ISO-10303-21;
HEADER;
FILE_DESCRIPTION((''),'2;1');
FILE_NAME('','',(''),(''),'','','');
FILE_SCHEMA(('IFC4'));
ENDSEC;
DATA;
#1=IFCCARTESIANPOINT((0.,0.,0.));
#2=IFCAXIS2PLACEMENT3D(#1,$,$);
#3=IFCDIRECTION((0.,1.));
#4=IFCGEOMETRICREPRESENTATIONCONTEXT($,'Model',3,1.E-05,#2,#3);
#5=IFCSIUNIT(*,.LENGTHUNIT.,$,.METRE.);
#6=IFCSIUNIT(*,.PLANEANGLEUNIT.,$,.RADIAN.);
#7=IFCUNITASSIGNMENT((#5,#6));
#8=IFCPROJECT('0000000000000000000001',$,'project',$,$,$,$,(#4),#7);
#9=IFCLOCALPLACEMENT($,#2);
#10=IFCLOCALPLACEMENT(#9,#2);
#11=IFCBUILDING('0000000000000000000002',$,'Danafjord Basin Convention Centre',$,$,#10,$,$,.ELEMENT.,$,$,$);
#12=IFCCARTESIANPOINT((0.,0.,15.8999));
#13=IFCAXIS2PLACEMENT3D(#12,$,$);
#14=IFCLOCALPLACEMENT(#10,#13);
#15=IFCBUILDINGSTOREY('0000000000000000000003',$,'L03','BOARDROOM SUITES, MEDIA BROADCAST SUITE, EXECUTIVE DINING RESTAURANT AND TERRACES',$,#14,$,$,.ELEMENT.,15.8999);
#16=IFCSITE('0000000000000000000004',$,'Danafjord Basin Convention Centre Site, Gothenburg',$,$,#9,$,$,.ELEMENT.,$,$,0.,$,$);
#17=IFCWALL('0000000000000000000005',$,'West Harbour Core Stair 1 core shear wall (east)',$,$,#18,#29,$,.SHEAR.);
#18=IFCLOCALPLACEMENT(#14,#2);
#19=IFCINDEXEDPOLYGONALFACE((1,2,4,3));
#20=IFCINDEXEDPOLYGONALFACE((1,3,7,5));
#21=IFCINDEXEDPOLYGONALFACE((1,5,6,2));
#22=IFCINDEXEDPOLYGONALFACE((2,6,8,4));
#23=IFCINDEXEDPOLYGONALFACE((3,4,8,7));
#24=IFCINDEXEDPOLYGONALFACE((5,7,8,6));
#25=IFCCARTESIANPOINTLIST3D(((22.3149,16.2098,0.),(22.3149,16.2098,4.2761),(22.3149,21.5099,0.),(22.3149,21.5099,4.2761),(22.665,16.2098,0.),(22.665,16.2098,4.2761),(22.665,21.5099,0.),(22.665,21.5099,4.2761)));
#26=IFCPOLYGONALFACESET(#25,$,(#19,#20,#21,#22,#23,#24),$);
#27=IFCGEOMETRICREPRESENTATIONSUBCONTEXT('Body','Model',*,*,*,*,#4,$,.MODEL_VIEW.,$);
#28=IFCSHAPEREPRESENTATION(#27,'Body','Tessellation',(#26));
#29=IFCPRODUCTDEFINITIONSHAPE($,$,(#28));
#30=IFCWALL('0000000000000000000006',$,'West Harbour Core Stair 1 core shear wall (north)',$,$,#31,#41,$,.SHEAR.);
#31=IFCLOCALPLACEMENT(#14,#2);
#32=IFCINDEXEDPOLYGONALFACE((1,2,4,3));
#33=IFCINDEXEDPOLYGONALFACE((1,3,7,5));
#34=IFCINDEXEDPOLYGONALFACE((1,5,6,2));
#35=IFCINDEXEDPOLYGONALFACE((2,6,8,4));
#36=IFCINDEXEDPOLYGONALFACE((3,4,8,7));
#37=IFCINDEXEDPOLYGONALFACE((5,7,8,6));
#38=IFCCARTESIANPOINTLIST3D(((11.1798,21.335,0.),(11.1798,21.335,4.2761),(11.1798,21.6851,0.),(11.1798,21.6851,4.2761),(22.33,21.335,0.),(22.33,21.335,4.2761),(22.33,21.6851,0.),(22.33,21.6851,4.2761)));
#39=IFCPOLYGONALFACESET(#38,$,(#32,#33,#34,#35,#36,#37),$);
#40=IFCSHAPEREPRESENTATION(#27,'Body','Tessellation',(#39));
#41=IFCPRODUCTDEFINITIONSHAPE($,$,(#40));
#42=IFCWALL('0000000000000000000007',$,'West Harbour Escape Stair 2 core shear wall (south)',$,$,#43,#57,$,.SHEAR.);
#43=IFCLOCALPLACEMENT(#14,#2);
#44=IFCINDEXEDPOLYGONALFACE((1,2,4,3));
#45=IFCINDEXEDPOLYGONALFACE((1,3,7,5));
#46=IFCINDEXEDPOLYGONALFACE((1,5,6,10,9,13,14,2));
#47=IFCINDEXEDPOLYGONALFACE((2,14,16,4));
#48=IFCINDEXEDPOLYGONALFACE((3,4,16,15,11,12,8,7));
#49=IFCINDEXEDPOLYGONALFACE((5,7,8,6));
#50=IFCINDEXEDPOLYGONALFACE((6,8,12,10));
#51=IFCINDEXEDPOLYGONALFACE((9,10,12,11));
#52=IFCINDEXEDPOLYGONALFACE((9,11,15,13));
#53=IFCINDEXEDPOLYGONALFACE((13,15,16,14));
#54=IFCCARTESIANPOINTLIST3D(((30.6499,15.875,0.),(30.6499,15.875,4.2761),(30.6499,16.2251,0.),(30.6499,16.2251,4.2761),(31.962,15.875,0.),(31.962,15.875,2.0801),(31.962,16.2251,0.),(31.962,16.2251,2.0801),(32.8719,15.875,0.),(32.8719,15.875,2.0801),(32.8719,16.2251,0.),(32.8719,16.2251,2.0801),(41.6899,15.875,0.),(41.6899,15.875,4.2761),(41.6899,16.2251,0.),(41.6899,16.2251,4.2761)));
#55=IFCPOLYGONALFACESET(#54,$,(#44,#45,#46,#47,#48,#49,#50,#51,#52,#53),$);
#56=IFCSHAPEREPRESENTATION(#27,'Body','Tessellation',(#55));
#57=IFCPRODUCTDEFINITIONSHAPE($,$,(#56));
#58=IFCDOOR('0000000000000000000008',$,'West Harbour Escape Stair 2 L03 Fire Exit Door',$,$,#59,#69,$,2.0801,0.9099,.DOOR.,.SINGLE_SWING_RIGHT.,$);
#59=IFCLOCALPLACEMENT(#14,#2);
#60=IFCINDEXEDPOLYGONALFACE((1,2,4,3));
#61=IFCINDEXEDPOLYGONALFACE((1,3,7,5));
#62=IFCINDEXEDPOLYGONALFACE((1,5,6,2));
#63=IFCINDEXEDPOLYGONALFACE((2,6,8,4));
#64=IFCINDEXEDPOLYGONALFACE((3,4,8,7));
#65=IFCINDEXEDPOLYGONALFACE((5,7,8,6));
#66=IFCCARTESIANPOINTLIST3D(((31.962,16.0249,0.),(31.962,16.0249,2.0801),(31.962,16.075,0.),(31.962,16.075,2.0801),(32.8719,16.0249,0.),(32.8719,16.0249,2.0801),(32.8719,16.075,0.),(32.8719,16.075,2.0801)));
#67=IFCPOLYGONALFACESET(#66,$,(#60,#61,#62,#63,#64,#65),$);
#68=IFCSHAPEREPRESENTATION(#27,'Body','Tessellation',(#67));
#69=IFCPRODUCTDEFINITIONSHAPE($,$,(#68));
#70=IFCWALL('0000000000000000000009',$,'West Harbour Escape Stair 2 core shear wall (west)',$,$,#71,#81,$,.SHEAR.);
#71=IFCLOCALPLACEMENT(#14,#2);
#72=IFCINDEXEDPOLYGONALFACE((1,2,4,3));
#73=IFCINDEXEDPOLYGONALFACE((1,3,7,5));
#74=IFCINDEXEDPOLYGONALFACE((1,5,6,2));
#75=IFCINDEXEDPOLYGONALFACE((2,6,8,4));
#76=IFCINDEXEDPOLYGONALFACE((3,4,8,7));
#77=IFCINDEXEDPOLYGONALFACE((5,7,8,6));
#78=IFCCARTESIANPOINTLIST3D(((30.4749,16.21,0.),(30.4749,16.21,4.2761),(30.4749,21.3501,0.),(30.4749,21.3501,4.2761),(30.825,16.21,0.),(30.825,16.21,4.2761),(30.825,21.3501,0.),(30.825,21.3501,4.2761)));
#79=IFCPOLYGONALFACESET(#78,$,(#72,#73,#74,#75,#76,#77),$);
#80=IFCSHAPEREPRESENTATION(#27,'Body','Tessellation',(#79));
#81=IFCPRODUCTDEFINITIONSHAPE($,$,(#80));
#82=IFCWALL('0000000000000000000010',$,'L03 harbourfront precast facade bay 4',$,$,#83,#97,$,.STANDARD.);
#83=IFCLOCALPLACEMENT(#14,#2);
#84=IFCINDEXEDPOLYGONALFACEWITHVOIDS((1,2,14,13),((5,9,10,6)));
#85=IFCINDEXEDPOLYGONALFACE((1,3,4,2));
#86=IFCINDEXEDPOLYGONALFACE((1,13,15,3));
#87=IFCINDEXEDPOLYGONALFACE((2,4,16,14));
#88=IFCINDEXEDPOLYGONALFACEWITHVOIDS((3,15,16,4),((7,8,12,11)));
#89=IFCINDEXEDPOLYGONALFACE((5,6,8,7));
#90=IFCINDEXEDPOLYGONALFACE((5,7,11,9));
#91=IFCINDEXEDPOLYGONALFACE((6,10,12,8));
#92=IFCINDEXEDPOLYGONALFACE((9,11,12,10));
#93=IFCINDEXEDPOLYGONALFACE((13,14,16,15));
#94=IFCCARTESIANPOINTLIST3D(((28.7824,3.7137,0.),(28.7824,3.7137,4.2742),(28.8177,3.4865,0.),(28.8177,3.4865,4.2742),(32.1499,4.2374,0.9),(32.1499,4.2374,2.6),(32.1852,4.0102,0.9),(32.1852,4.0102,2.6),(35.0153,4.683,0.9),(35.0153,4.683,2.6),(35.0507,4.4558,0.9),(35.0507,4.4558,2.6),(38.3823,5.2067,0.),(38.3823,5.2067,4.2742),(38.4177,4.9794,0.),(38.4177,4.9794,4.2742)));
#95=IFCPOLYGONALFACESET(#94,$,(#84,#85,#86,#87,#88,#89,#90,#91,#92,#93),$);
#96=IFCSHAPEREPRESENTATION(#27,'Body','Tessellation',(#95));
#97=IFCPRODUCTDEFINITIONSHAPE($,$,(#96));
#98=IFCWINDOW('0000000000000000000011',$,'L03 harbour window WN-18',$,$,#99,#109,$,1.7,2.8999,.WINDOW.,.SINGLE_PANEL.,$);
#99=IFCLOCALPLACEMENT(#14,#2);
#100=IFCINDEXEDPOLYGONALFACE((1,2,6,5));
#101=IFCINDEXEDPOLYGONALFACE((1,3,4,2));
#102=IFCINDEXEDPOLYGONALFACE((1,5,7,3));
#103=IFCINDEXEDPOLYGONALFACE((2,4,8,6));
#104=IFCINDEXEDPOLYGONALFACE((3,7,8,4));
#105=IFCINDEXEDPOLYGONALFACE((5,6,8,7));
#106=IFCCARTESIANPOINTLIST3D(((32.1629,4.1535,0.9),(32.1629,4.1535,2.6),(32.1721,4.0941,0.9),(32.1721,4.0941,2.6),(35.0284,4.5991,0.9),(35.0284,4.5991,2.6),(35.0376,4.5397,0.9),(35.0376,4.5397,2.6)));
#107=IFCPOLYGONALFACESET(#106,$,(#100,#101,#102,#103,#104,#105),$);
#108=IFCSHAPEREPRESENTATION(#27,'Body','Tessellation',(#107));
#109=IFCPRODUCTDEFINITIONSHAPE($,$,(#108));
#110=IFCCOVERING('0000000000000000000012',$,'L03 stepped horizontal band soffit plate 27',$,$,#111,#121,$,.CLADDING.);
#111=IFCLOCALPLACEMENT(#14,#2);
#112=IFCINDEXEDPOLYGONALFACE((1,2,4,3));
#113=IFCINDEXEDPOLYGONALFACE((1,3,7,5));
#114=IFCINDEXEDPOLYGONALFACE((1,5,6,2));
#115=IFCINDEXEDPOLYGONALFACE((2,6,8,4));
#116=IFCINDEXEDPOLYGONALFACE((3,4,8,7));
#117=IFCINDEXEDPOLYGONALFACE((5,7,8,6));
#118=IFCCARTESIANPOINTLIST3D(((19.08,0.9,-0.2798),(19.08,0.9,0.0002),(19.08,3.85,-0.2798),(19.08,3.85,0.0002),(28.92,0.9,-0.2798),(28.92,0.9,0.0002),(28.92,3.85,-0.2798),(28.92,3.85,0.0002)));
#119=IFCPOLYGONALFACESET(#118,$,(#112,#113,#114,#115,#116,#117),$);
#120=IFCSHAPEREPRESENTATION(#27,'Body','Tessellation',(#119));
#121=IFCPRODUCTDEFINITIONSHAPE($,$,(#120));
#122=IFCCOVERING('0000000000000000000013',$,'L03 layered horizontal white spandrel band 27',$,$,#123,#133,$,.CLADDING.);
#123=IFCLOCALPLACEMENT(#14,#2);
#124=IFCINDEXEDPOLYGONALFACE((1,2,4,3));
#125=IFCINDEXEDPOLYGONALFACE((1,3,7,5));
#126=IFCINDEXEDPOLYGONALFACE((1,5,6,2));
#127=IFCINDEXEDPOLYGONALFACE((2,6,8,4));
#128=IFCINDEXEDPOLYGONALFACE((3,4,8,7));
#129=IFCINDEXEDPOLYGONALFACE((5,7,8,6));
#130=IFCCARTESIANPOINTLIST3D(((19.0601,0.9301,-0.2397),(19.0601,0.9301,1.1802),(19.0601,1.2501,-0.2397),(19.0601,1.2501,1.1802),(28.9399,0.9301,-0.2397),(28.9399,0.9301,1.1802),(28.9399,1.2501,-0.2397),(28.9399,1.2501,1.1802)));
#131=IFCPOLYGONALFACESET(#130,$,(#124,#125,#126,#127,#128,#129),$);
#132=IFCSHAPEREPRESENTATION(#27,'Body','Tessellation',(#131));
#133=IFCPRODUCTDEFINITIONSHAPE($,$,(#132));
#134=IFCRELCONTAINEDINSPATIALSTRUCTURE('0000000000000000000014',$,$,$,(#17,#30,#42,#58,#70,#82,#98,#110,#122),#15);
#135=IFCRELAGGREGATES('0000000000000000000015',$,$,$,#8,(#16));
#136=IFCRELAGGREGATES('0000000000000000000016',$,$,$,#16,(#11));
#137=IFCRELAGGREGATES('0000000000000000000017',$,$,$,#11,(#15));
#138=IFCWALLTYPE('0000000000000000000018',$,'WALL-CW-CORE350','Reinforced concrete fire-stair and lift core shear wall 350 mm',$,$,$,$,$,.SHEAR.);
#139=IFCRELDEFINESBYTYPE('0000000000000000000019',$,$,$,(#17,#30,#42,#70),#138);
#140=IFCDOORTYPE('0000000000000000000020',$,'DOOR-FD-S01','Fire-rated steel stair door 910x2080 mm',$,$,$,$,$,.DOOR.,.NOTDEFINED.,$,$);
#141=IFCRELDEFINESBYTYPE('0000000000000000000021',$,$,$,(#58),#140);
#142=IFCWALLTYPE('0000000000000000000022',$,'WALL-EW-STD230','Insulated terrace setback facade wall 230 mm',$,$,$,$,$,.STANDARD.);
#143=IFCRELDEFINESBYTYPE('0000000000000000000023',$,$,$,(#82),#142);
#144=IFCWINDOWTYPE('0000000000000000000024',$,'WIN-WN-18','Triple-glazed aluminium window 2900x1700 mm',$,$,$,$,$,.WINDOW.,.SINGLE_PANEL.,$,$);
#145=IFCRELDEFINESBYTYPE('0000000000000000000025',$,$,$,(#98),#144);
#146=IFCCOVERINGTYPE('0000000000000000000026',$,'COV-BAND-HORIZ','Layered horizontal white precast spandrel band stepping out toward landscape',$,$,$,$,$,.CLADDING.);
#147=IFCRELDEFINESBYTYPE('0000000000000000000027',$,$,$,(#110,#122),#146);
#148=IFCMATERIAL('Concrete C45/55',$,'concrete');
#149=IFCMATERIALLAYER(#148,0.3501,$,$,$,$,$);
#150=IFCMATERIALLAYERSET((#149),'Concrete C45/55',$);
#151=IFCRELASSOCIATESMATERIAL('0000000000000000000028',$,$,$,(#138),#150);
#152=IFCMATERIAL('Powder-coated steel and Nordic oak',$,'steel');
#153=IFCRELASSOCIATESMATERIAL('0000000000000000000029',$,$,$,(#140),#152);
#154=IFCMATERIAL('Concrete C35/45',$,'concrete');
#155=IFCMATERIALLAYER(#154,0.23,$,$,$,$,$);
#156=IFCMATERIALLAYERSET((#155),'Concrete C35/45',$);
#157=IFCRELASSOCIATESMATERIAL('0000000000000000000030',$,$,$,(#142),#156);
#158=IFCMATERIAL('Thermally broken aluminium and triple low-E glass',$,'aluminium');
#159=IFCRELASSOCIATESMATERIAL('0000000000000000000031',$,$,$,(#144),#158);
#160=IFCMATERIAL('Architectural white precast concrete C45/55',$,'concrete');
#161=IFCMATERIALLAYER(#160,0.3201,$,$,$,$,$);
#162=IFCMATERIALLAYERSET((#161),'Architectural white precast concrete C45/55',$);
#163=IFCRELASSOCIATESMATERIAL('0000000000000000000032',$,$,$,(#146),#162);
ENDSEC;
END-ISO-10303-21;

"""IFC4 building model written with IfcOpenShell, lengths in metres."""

from ifc_helpers import new_model, si_unit, direction, frame, frame_2d, origin, origin_2d, place, context, subcontext, project, spatial, rectangle, extrude, material, layer, layer_set, type_object, element, fill, save


model = new_model("IFC4")

# Units and contexts
model_context = context("Model", 3, precision=1e-05, world=origin(), true_north=direction((0.0, 1.0)))
body_context = subcontext(model_context, "Body", "Model", "MODEL_VIEW")
ifc_project = project(units=[si_unit("LENGTHUNIT", "METRE"), si_unit("PLANEANGLEUNIT", "RADIAN")], contexts=[model_context])

# Site, building, storey
site_placement = place(None, origin())
site = spatial("IfcSite", under=ifc_project, at=site_placement, Name="Danafjord Basin Convention Centre Site, Gothenburg", CompositionType="ELEMENT", RefElevation=0.0)
building_placement = place(site_placement, origin())
building = spatial("IfcBuilding", under=site, at=building_placement, Name="Danafjord Basin Convention Centre", CompositionType="ELEMENT")
storey_placement = place(building_placement, frame((0.0, 0.0, 15.8999)))
storey = spatial("IfcBuildingStorey", under=building, at=storey_placement, Name="L03", Description="BOARDROOM SUITES, MEDIA BROADCAST SUITE, EXECUTIVE DINING RESTAURANT AND TERRACES", CompositionType="ELEMENT", Elevation=15.8999)

# Walls
ifc_material_1 = material(Name="Concrete C45/55", Category="concrete")
ifc_layer_1 = layer(ifc_material_1, 0.3501)
ifc_layer_set_1 = layer_set([ifc_layer_1], Name="Concrete C45/55")
wall_type_1 = type_object("IfcWallType", Name="WALL-CW-CORE350", Description="Reinforced concrete fire-stair and lift core shear wall 350 mm", PredefinedType="SHEAR", material=ifc_layer_set_1)
wall_1_placement = place(storey_placement, frame((22.49, 16.21, 0.0), z_axis=(0.0, 0.0, 1.0), x_axis=(0.0, 1.0, 0.0)))
element("IfcWall", 1, at=wall_1_placement, inside=storey, type_object=wall_type_1, Name="West Harbour Core Stair 1 core shear wall (east)", PredefinedType="SHEAR", context=body_context, shape_type="SweptSolid", body=[
    extrude(rectangle(XDim=5.3, YDim=0.3501, at=frame_2d((2.6499, 0.0))), origin(), (0.0, 0.0, 1.0), 4.2761),
])
wall_2_placement = place(storey_placement, frame((22.3301, 21.51, 0.0), z_axis=(0.0, 0.0, 1.0), x_axis=(-1.0, 0.0, 0.0)))
element("IfcWall", 2, at=wall_2_placement, inside=storey, type_object=wall_type_1, Name="West Harbour Core Stair 1 core shear wall (north)", PredefinedType="SHEAR", context=body_context, shape_type="SweptSolid", body=[
    extrude(rectangle(XDim=11.1501, YDim=0.3501, at=frame_2d((5.5752, 0.0))), origin(), (0.0, 0.0, 1.0), 4.2761),
])

# Wall, opening, door
wall_3_placement = place(storey_placement, frame((30.6499, 16.05, 0.0), z_axis=(0.0, 0.0, 1.0), x_axis=(1.0, 0.0, 0.0)))
wall_3 = element("IfcWall", 3, at=wall_3_placement, inside=storey, type_object=wall_type_1, Name="West Harbour Escape Stair 2 core shear wall (south)", PredefinedType="SHEAR", context=body_context, shape_type="SweptSolid", body=[
    extrude(rectangle(XDim=11.04, YDim=0.3501, at=frame_2d((5.52, 0.0))), origin(), (0.0, 0.0, 1.0), 4.2761),
])
opening_1_placement = place(wall_3_placement, frame((1.312, 0.0, 0.0)))
opening_1 = element("IfcOpeningElement", 4, at=opening_1_placement, cuts=wall_3, PredefinedType="OPENING", context=body_context, shape_type="SweptSolid", body=[
    extrude(rectangle(XDim=0.9099, YDim=2.0801, at=frame_2d((0.4551, 1.04))), frame((0.0, 0.1851, 0.0), z_axis=(0.0, -1.0, 0.0), x_axis=(1.0, 0.0, 0.0)), (0.0, 0.0, 1.0), 0.3701),
])
ifc_material_2 = material(Name="Powder-coated steel and Nordic oak", Category="steel")
door_type = type_object("IfcDoorType", Name="DOOR-FD-S01", Description="Fire-rated steel stair door 910x2080 mm", OperationType="NOTDEFINED", PredefinedType="DOOR", material=ifc_material_2)
door_placement = place(opening_1_placement, origin())
door = element("IfcDoor", 5, at=door_placement, inside=storey, type_object=door_type, Name="West Harbour Escape Stair 2 L03 Fire Exit Door", OperationType="SINGLE_SWING_RIGHT", OverallHeight=2.0801, OverallWidth=0.9099, PredefinedType="DOOR", context=body_context, shape_type="SweptSolid", body=[
    extrude(rectangle(XDim=0.9099, YDim=2.0801, at=frame_2d((0.4551, 1.04))), frame((0.0, 0.0249, 0.0), z_axis=(0.0, -1.0, 0.0), x_axis=(1.0, 0.0, 0.0)), (0.0, 0.0, 1.0), 0.05),
])
fill(opening_1, door)

# Wall
wall_4_placement = place(storey_placement, frame((30.6499, 21.3501, 0.0), z_axis=(0.0, 0.0, 1.0), x_axis=(0.0, -1.0, 0.0)))
element("IfcWall", 6, at=wall_4_placement, inside=storey, type_object=wall_type_1, Name="West Harbour Escape Stair 2 core shear wall (west)", PredefinedType="SHEAR", context=body_context, shape_type="SweptSolid", body=[
    extrude(rectangle(XDim=5.1401, YDim=0.3501, at=frame_2d((2.5701, 0.0))), origin(), (0.0, 0.0, 1.0), 4.2761),
])

# Wall, opening, window
ifc_material_3 = material(Name="Concrete C35/45", Category="concrete")
ifc_layer_2 = layer(ifc_material_3, 0.23)
ifc_layer_set_2 = layer_set([ifc_layer_2], Name="Concrete C35/45")
wall_type_2 = type_object("IfcWallType", Name="WALL-EW-STD230", Description="Insulated terrace setback facade wall 230 mm", PredefinedType="STANDARD", material=ifc_layer_set_2)
wall_5_placement = place(storey_placement, frame((28.8, 3.6001, 0.0), z_axis=(0.0, 0.0, 1.0), x_axis=(0.988123, 0.153668, 0.0)))
wall_5 = element("IfcWall", 7, at=wall_5_placement, inside=storey, type_object=wall_type_2, Name="L03 harbourfront precast facade bay 4", PredefinedType="STANDARD", context=body_context, shape_type="SweptSolid", body=[
    extrude(rectangle(XDim=9.7153, YDim=0.23, at=frame_2d((4.8577, 0.0))), origin(), (0.0, 0.0, 1.0), 4.2742),
])
opening_2_placement = place(wall_5_placement, frame((3.408, 0.0, 0.8999)))
opening_2 = element("IfcOpeningElement", 8, at=opening_2_placement, cuts=wall_5, PredefinedType="OPENING", context=body_context, shape_type="SweptSolid", body=[
    extrude(rectangle(XDim=2.8999, YDim=1.7, at=frame_2d((1.45, 0.8501))), frame((0.0, 0.125, 0.0), z_axis=(0.0, -1.0, 0.0), x_axis=(1.0, 0.0, 0.0)), (0.0, 0.0, 1.0), 0.25),
])
ifc_material_4 = material(Name="Thermally broken aluminium and triple low-E glass", Category="aluminium")
window_type = type_object("IfcWindowType", Name="WIN-WN-18", Description="Triple-glazed aluminium window 2900x1700 mm", PartitioningType="SINGLE_PANEL", PredefinedType="WINDOW", material=ifc_material_4)
window_placement = place(opening_2_placement, origin())
window = element("IfcWindow", 9, at=window_placement, inside=storey, type_object=window_type, Name="L03 harbour window WN-18", OverallHeight=1.7, OverallWidth=2.8999, PartitioningType="SINGLE_PANEL", PredefinedType="WINDOW", context=body_context, shape_type="SweptSolid", body=[
    extrude(rectangle(XDim=2.8999, YDim=1.7, at=frame_2d((1.45, 0.8501))), frame((0.0, 0.03, 0.0), z_axis=(0.0, -1.0, 0.0), x_axis=(1.0, 0.0, 0.0)), (0.0, 0.0, 1.0), 0.0601),
])
fill(opening_2, window)

# Coverings
ifc_material_5 = material(Name="Architectural white precast concrete C45/55", Category="concrete")
ifc_layer_3 = layer(ifc_material_5, 0.3201)
ifc_layer_set_3 = layer_set([ifc_layer_3], Name="Architectural white precast concrete C45/55")
covering_type = type_object("IfcCoveringType", Name="COV-BAND-HORIZ", Description="Layered horizontal white precast spandrel band stepping out toward landscape", PredefinedType="CLADDING", material=ifc_layer_set_3)
covering_1_placement = place(storey_placement, frame((24.0, 2.375, -0.2798), z_axis=(0.0, 0.0, 1.0), x_axis=(1.0, 0.0, 0.0)))
element("IfcCovering", 10, at=covering_1_placement, inside=storey, type_object=covering_type, Name="L03 stepped horizontal band soffit plate 27", PredefinedType="CLADDING", context=body_context, shape_type="SweptSolid", body=[
    extrude(rectangle(XDim=9.8401, YDim=2.95, at=origin_2d()), origin(), (0.0, 0.0, 1.0), 0.28),
])
covering_2_placement = place(storey_placement, frame((24.0, 1.0901, -0.2397), z_axis=(0.0, 0.0, 1.0), x_axis=(1.0, 0.0, 0.0)))
element("IfcCovering", 11, at=covering_2_placement, inside=storey, type_object=covering_type, Name="L03 layered horizontal white spandrel band 27", PredefinedType="CLADDING", context=body_context, shape_type="SweptSolid", body=[
    extrude(rectangle(XDim=9.8799, YDim=0.3201, at=origin_2d()), origin(), (0.0, 0.0, 1.0), 1.4199),
])

save(model, "model.ifc")
